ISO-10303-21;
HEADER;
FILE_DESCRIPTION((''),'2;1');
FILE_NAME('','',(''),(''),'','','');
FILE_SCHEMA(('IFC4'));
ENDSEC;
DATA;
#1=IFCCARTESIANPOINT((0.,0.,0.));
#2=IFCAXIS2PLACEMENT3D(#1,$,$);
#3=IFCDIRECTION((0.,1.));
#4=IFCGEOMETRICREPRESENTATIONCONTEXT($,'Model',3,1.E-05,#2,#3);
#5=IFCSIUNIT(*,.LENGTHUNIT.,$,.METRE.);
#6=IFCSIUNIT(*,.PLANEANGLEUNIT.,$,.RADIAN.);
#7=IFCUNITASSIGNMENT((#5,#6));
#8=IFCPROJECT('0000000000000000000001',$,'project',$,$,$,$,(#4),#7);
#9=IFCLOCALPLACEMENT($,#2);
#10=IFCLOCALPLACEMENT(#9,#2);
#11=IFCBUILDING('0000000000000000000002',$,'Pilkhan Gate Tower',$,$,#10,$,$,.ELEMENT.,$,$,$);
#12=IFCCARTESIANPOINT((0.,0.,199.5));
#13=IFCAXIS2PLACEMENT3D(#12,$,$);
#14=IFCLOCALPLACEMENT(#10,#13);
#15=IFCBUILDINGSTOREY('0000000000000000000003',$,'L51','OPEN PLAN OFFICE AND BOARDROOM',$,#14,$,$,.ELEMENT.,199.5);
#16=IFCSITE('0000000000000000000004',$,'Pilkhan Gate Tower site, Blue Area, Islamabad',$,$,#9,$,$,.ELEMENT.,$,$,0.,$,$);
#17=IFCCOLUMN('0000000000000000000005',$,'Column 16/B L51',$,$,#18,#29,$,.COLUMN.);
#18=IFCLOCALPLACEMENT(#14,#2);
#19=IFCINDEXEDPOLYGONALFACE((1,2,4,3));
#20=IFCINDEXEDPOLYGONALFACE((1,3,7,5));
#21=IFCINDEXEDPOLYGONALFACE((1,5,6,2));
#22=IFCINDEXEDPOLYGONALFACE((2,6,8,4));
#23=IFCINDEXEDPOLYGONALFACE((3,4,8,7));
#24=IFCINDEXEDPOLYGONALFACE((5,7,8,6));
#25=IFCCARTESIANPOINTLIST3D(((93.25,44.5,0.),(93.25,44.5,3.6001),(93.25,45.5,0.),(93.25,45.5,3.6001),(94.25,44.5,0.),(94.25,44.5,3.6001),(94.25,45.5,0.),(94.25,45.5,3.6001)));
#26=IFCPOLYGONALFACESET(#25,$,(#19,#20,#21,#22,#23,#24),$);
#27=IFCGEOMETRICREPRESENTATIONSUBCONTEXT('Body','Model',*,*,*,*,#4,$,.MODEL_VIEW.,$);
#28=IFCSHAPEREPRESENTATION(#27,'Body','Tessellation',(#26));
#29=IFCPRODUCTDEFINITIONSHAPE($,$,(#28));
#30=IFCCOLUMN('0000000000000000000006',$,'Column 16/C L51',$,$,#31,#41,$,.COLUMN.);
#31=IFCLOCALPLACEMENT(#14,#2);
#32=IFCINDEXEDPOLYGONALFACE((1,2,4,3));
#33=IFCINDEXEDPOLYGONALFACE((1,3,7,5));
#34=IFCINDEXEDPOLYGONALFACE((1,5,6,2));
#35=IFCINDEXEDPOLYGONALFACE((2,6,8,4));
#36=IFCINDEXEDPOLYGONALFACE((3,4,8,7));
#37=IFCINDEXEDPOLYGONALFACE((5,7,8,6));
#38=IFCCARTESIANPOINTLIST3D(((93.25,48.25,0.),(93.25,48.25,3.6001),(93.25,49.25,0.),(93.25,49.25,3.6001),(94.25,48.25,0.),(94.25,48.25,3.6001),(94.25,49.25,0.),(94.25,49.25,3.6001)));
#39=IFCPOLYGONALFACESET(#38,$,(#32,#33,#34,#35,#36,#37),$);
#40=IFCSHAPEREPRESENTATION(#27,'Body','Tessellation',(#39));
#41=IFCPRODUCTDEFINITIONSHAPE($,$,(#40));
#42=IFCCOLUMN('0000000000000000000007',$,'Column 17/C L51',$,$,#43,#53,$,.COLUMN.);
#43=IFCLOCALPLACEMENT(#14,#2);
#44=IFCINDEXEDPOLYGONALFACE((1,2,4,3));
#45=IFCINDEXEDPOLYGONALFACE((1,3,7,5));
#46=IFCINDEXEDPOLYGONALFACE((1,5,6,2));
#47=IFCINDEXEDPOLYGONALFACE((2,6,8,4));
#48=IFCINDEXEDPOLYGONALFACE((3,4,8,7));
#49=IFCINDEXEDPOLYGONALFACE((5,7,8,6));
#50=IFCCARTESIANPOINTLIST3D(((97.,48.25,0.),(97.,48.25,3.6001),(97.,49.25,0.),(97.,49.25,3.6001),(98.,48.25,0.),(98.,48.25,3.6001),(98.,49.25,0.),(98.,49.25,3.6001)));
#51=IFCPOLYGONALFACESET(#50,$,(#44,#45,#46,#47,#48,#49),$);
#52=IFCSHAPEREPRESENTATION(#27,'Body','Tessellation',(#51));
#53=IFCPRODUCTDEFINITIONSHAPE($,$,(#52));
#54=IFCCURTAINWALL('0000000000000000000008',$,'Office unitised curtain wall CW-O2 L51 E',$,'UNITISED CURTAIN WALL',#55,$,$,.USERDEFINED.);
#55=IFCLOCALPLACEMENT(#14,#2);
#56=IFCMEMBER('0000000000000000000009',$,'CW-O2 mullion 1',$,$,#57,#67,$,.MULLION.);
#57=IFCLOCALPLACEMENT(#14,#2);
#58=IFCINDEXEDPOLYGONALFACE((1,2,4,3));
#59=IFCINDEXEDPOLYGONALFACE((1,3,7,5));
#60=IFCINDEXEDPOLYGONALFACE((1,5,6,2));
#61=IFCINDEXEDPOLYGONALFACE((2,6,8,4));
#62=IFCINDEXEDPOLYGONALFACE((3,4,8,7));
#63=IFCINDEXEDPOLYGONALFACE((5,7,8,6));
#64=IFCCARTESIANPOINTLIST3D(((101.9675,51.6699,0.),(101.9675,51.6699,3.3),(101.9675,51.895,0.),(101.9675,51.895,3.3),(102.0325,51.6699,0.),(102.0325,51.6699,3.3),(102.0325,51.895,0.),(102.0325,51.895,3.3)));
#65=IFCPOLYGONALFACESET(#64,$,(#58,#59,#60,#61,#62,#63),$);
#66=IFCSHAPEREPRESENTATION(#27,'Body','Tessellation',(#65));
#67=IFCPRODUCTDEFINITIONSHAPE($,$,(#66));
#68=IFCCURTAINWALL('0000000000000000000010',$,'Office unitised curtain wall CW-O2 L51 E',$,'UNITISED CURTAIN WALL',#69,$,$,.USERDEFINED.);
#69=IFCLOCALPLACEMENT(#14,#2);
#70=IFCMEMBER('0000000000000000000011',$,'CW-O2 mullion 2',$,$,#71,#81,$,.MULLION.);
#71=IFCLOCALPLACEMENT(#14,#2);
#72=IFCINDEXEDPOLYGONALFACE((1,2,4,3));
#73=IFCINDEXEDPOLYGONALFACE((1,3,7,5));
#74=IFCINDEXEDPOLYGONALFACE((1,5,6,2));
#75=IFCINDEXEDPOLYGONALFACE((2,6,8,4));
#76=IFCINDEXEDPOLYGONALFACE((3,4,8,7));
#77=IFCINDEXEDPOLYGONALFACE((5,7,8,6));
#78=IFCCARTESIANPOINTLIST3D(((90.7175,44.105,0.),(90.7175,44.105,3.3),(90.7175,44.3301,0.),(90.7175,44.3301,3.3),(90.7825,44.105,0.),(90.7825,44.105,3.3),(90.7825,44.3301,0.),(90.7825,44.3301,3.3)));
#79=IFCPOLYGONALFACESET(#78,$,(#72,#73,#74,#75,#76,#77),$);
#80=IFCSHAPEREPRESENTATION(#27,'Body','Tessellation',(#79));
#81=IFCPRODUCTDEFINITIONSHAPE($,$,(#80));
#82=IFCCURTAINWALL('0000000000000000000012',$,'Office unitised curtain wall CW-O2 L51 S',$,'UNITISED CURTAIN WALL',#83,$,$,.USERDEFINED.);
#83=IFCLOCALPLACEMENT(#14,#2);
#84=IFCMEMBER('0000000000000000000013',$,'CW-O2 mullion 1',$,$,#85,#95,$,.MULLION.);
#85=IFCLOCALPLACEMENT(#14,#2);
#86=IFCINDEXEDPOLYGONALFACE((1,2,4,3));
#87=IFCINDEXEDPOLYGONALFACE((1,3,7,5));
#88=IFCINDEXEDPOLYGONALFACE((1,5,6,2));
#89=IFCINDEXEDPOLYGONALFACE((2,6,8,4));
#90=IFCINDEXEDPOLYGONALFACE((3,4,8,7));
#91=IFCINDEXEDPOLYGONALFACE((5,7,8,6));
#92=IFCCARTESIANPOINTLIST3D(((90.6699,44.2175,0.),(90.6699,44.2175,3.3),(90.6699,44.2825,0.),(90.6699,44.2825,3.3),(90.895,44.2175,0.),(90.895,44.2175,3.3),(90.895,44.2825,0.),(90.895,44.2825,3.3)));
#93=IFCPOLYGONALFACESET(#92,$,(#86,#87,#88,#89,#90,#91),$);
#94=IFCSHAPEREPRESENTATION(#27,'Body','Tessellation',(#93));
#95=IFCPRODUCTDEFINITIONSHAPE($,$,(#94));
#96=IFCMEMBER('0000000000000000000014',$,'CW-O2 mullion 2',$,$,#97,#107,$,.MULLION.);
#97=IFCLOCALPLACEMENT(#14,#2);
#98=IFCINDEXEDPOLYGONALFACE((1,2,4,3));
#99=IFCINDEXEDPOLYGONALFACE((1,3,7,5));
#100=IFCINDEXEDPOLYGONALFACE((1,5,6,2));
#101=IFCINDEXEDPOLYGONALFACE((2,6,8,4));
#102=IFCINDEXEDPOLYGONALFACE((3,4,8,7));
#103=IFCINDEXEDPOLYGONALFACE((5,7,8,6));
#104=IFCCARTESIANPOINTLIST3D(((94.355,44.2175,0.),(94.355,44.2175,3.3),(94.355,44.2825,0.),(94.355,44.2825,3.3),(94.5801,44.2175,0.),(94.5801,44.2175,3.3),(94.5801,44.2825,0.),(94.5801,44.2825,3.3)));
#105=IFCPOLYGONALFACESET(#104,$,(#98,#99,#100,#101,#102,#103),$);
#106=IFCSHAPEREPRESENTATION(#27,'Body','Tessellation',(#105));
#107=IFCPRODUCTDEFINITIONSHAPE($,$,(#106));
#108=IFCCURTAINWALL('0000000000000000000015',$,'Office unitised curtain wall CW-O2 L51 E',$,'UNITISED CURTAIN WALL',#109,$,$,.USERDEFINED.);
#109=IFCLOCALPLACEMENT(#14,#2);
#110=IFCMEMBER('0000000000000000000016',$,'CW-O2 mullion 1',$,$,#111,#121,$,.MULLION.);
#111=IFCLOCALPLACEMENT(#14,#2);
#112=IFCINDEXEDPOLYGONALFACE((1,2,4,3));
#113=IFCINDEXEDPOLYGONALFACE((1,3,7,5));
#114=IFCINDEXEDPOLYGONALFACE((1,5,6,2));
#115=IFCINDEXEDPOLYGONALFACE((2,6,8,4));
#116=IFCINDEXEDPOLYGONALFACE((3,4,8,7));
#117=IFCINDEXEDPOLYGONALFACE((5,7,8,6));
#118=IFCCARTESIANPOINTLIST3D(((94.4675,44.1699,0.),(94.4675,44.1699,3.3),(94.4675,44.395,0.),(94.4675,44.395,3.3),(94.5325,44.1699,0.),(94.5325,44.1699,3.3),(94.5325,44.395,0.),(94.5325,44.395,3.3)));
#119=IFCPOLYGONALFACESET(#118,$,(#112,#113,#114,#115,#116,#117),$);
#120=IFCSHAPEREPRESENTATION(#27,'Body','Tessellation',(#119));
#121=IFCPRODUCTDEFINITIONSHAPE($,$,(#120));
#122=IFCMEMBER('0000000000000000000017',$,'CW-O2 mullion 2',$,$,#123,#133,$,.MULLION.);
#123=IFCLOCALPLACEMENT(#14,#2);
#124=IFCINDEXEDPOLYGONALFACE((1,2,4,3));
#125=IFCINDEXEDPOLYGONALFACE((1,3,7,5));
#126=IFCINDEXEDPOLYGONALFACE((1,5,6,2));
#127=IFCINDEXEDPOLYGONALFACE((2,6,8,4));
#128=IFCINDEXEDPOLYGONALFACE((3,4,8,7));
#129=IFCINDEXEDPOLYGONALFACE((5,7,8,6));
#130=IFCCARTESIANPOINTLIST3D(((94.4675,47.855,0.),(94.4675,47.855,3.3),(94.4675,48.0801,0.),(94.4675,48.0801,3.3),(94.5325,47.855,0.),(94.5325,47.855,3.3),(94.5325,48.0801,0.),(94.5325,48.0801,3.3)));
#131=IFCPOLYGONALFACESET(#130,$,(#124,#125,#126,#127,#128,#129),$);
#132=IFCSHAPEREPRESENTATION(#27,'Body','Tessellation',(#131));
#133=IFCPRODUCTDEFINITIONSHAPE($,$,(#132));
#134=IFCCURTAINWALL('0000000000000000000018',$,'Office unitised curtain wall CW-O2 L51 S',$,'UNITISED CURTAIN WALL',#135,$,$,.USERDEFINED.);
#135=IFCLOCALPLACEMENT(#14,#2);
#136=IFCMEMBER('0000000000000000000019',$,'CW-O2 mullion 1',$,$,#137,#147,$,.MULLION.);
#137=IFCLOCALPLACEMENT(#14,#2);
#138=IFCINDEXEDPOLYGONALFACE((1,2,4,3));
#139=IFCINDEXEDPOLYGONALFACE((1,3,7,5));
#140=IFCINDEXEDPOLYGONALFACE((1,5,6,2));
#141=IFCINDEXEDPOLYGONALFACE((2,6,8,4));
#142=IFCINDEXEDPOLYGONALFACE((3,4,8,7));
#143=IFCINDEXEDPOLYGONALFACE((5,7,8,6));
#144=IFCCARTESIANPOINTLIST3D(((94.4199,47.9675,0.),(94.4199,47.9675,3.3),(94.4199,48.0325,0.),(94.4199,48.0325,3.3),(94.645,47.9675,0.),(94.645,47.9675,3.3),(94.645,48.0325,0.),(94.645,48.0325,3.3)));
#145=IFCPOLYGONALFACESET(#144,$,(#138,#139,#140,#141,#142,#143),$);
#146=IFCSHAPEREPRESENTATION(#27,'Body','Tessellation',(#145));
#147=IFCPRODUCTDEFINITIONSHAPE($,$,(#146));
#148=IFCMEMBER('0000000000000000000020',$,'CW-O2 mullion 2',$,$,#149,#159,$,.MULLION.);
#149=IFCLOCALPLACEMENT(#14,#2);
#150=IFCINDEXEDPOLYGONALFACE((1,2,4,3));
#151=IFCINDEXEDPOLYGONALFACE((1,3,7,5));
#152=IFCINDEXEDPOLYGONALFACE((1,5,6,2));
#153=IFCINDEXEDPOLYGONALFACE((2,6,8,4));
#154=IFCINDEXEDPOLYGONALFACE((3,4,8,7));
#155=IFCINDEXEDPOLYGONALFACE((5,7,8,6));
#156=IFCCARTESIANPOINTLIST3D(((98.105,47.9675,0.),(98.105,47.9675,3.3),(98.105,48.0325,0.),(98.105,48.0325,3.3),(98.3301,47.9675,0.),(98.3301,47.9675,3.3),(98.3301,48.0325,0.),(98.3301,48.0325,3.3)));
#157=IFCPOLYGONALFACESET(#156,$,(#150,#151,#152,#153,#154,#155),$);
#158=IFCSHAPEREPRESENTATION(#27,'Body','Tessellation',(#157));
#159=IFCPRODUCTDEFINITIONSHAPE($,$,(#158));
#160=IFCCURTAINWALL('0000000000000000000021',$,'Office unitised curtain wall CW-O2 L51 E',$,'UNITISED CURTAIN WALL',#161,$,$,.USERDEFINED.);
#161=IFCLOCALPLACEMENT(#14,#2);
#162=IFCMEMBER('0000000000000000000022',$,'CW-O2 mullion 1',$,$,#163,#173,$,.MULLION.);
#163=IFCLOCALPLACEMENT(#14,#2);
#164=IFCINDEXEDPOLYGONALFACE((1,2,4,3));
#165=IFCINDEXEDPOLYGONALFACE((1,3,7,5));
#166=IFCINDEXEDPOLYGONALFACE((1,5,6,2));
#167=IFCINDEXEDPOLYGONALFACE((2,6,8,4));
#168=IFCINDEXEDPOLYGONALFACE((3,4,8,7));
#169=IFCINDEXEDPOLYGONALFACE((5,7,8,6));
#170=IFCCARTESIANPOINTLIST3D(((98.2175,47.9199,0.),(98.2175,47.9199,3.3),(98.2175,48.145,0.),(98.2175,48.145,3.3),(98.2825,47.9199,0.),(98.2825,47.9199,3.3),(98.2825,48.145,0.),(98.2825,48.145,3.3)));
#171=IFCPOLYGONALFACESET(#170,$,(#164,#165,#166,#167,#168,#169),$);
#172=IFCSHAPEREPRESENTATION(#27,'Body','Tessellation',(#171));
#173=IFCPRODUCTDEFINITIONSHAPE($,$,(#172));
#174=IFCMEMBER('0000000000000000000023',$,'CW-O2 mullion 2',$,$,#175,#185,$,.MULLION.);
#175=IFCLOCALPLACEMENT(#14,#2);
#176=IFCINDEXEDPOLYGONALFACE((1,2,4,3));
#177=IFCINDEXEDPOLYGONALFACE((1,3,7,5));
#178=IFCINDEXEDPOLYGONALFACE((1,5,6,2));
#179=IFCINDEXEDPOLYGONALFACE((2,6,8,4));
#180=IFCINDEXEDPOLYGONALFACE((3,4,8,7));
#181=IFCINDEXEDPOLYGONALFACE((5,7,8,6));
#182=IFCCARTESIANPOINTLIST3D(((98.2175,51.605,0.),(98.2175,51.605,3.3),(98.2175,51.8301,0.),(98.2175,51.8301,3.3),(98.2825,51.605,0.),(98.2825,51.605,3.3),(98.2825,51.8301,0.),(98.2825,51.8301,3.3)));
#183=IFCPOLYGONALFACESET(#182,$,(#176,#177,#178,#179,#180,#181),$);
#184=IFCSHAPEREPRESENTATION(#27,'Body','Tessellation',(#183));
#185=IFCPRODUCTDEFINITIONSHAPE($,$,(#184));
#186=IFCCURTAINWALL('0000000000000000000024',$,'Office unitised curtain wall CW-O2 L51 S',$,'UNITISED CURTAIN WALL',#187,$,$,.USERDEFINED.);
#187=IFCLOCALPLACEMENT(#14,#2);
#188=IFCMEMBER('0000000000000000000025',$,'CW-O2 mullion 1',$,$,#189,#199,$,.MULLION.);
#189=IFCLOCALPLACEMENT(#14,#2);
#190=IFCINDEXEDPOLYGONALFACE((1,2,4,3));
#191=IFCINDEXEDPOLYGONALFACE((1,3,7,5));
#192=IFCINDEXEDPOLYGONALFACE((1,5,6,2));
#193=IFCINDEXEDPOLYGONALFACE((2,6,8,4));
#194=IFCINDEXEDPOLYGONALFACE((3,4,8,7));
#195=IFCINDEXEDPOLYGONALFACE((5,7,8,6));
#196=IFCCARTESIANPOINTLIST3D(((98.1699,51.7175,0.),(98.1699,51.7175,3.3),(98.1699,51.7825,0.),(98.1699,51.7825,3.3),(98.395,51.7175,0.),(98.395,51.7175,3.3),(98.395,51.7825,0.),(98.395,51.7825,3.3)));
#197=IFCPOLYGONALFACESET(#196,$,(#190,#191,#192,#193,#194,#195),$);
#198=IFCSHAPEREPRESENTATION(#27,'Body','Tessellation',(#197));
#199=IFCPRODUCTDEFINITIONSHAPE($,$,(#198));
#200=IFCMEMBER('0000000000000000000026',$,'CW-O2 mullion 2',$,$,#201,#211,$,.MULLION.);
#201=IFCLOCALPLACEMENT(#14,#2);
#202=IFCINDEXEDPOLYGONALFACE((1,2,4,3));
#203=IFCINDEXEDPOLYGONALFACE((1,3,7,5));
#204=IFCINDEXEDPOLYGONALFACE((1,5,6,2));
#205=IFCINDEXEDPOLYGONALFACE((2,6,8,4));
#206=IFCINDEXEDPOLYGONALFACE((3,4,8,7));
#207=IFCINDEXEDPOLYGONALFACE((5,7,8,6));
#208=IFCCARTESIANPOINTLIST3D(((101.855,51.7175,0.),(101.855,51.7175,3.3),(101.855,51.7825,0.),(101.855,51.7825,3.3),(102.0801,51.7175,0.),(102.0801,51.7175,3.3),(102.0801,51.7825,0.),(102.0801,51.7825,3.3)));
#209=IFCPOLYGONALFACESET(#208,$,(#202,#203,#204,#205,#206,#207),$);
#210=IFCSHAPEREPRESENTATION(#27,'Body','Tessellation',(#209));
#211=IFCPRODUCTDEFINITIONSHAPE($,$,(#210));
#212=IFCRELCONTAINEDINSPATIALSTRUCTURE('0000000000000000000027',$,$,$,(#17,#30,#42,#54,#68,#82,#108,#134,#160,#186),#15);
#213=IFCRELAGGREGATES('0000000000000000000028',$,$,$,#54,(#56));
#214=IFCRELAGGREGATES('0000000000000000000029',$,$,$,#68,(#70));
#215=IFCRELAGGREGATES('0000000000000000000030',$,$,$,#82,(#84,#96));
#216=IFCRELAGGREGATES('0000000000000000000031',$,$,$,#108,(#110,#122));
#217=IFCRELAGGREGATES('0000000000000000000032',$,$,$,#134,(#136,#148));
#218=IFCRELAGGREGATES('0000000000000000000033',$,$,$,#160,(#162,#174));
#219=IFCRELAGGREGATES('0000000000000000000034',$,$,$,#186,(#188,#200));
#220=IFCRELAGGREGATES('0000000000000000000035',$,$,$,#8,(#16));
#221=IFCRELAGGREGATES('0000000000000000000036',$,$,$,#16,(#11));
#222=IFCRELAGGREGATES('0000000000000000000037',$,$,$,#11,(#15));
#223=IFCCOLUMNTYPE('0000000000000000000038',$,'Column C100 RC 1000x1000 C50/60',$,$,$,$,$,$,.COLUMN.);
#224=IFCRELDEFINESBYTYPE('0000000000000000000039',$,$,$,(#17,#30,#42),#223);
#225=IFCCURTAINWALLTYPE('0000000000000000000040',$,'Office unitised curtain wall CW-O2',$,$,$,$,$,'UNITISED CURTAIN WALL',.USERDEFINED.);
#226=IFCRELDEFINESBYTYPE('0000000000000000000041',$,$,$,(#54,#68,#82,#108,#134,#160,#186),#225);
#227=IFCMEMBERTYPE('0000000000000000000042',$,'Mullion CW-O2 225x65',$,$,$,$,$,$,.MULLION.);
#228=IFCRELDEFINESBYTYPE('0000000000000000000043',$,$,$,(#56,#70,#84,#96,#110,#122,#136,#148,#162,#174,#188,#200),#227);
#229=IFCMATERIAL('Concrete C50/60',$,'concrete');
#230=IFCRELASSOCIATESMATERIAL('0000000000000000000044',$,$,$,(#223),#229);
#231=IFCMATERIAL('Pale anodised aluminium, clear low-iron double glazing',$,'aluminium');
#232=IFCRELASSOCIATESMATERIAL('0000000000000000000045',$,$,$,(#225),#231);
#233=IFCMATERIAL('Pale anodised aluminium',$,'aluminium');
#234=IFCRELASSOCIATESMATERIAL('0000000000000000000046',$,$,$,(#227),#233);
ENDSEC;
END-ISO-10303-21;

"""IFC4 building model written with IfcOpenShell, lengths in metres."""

from ifc_helpers import new_model, si_unit, direction, frame, origin, origin_2d, place, context, subcontext, project, spatial, rectangle, extrude, material, material_profile, profile_set, type_object, element, aggregate, save


model = new_model("IFC4")

# Units and contexts
model_context = context("Model", 3, precision=1e-05, world=origin(), true_north=direction((0.0, 1.0)))
body_context = subcontext(model_context, "Body", "Model", "MODEL_VIEW")
ifc_project = project(units=[si_unit("LENGTHUNIT", "METRE"), si_unit("PLANEANGLEUNIT", "RADIAN")], contexts=[model_context])

# Site, building, storey
site_placement = place(None, origin())
site = spatial("IfcSite", under=ifc_project, at=site_placement, Name="Pilkhan Gate Tower site, Blue Area, Islamabad", CompositionType="ELEMENT", RefElevation=0.0)
building_placement = place(site_placement, origin())
building = spatial("IfcBuilding", under=site, at=building_placement, Name="Pilkhan Gate Tower", CompositionType="ELEMENT")
storey_placement = place(building_placement, frame((0.0, 0.0, 199.5)))
storey = spatial("IfcBuildingStorey", under=building, at=storey_placement, Name="L51", Description="OPEN PLAN OFFICE AND BOARDROOM", CompositionType="ELEMENT", Elevation=199.5)

# Columns
ifc_material_1 = material(Name="Concrete C50/60", Category="concrete")
ifc_material_profile_1 = material_profile(ifc_material_1, rectangle(XDim=1.0, YDim=1.0, at=origin_2d()), Name="RC 1000x1000")
ifc_profile_set_1 = profile_set([ifc_material_profile_1], Name="Concrete C50/60")
column_type = type_object("IfcColumnType", Name="Column C100 RC 1000x1000 C50/60", PredefinedType="COLUMN", material=ifc_profile_set_1)
for number, where, z_axis, x_axis, name in (
    (1, (93.75, 45.0, 0.0), (0.0, 0.0, 1.0), (1.0, 0.0, 0.0), "Column 16/B L51"),
    (2, (93.75, 48.75, 0.0), (0.0, 0.0, 1.0), (1.0, 0.0, 0.0), "Column 16/C L51"),
    (3, (97.5, 48.75, 0.0), (0.0, 0.0, 1.0), (1.0, 0.0, 0.0), "Column 17/C L51"),
):
    element("IfcColumn", number, at=place(storey_placement, frame(where, z_axis=z_axis, x_axis=x_axis)), inside=storey, type_object=column_type, Name=name, PredefinedType="COLUMN", context=body_context, shape_type="SweptSolid", body=[
        extrude(rectangle(XDim=1.0, YDim=1.0, at=origin_2d()), origin(), (0.0, 0.0, 1.0), 3.6001),
    ])

# Curtain walls, members
ifc_material_2 = material(Name="Pale anodised aluminium, clear low-iron double glazing", Category="aluminium")
curtain_wall_type = type_object("IfcCurtainWallType", Name="Office unitised curtain wall CW-O2", ElementType="UNITISED CURTAIN WALL", PredefinedType="USERDEFINED", material=ifc_material_2)
curtain_wall_1_placement = place(storey_placement, origin())
curtain_wall_1 = element("IfcCurtainWall", 4, at=curtain_wall_1_placement, inside=storey, type_object=curtain_wall_type, Name="Office unitised curtain wall CW-O2 L51 E", ObjectType="UNITISED CURTAIN WALL", PredefinedType="USERDEFINED")
ifc_material_3 = material(Name="Pale anodised aluminium", Category="aluminium")
ifc_material_profile_2 = material_profile(ifc_material_3, rectangle(XDim=0.0649, YDim=0.2251, at=origin_2d()), Name="Mullion 225x65")
ifc_profile_set_2 = profile_set([ifc_material_profile_2], Name="Pale anodised aluminium")
member_type_1 = type_object("IfcMemberType", Name="Mullion CW-O2 225x65", PredefinedType="MULLION", material=ifc_profile_set_2)
member_1_placement = place(storey_placement, frame((102.0, 51.7825, 0.0), z_axis=(0.0, 0.0, 1.0), x_axis=(-1.0, 0.0, 0.0)))
member_1 = element("IfcMember", 5, at=member_1_placement, type_object=member_type_1, Name="CW-O2 mullion 1", PredefinedType="MULLION", context=body_context, shape_type="SweptSolid", body=[
    extrude(rectangle(XDim=0.0649, YDim=0.2251, at=origin_2d()), origin(), (0.0, 0.0, 1.0), 3.3),
])
curtain_wall_2_placement = place(storey_placement, origin())
curtain_wall_2 = element("IfcCurtainWall", 6, at=curtain_wall_2_placement, inside=storey, type_object=curtain_wall_type, Name="Office unitised curtain wall CW-O2 L51 E", ObjectType="UNITISED CURTAIN WALL", PredefinedType="USERDEFINED")
member_2_placement = place(storey_placement, frame((90.75, 44.2175, 0.0), z_axis=(0.0, 0.0, 1.0), x_axis=(-1.0, 0.0, 0.0)))
member_2 = element("IfcMember", 7, at=member_2_placement, type_object=member_type_1, Name="CW-O2 mullion 2", PredefinedType="MULLION", context=body_context, shape_type="SweptSolid", body=[
    extrude(rectangle(XDim=0.0649, YDim=0.2251, at=origin_2d()), origin(), (0.0, 0.0, 1.0), 3.3),
])

# Curtain walls, members
curtain_wall_3_placement = place(storey_placement, origin())
curtain_wall_3 = element("IfcCurtainWall", 8, at=curtain_wall_3_placement, inside=storey, type_object=curtain_wall_type, Name="Office unitised curtain wall CW-O2 L51 S", ObjectType="UNITISED CURTAIN WALL", PredefinedType="USERDEFINED")
member_3_placement = place(storey_placement, frame((90.7825, 44.25, 0.0), z_axis=(0.0, 0.0, 1.0), x_axis=(0.0, 1.0, 0.0)))
member_3 = element("IfcMember", 9, at=member_3_placement, type_object=member_type_1, Name="CW-O2 mullion 1", PredefinedType="MULLION", context=body_context, shape_type="SweptSolid", body=[
    extrude(rectangle(XDim=0.0649, YDim=0.2251, at=origin_2d()), origin(), (0.0, 0.0, 1.0), 3.3),
])
member_4_placement = place(storey_placement, frame((94.4675, 44.25, 0.0), z_axis=(0.0, 0.0, 1.0), x_axis=(0.0, 1.0, 0.0)))
member_4 = element("IfcMember", 10, at=member_4_placement, type_object=member_type_1, Name="CW-O2 mullion 2", PredefinedType="MULLION", context=body_context, shape_type="SweptSolid", body=[
    extrude(rectangle(XDim=0.0649, YDim=0.2251, at=origin_2d()), origin(), (0.0, 0.0, 1.0), 3.3),
])
curtain_wall_4_placement = place(storey_placement, origin())
curtain_wall_4 = element("IfcCurtainWall", 11, at=curtain_wall_4_placement, inside=storey, type_object=curtain_wall_type, Name="Office unitised curtain wall CW-O2 L51 E", ObjectType="UNITISED CURTAIN WALL", PredefinedType="USERDEFINED")
member_5_placement = place(storey_placement, frame((94.5, 44.2825, 0.0), z_axis=(0.0, 0.0, 1.0), x_axis=(-1.0, 0.0, 0.0)))
member_5 = element("IfcMember", 12, at=member_5_placement, type_object=member_type_1, Name="CW-O2 mullion 1", PredefinedType="MULLION", context=body_context, shape_type="SweptSolid", body=[
    extrude(rectangle(XDim=0.0649, YDim=0.2251, at=origin_2d()), origin(), (0.0, 0.0, 1.0), 3.3),
])
member_6_placement = place(storey_placement, frame((94.5, 47.9675, 0.0), z_axis=(0.0, 0.0, 1.0), x_axis=(-1.0, 0.0, 0.0)))
member_6 = element("IfcMember", 13, at=member_6_placement, type_object=member_type_1, Name="CW-O2 mullion 2", PredefinedType="MULLION", context=body_context, shape_type="SweptSolid", body=[
    extrude(rectangle(XDim=0.0649, YDim=0.2251, at=origin_2d()), origin(), (0.0, 0.0, 1.0), 3.3),
])
curtain_wall_5_placement = place(storey_placement, origin())
curtain_wall_5 = element("IfcCurtainWall", 14, at=curtain_wall_5_placement, inside=storey, type_object=curtain_wall_type, Name="Office unitised curtain wall CW-O2 L51 S", ObjectType="UNITISED CURTAIN WALL", PredefinedType="USERDEFINED")
member_7_placement = place(storey_placement, frame((94.5325, 48.0, 0.0), z_axis=(0.0, 0.0, 1.0), x_axis=(0.0, 1.0, 0.0)))
member_7 = element("IfcMember", 15, at=member_7_placement, type_object=member_type_1, Name="CW-O2 mullion 1", PredefinedType="MULLION", context=body_context, shape_type="SweptSolid", body=[
    extrude(rectangle(XDim=0.0649, YDim=0.2251, at=origin_2d()), origin(), (0.0, 0.0, 1.0), 3.3),
])
member_8_placement = place(storey_placement, frame((98.2175, 48.0, 0.0), z_axis=(0.0, 0.0, 1.0), x_axis=(0.0, 1.0, 0.0)))
member_8 = element("IfcMember", 16, at=member_8_placement, type_object=member_type_1, Name="CW-O2 mullion 2", PredefinedType="MULLION", context=body_context, shape_type="SweptSolid", body=[
    extrude(rectangle(XDim=0.0649, YDim=0.2251, at=origin_2d()), origin(), (0.0, 0.0, 1.0), 3.3),
])
curtain_wall_6_placement = place(storey_placement, origin())
curtain_wall_6 = element("IfcCurtainWall", 17, at=curtain_wall_6_placement, inside=storey, type_object=curtain_wall_type, Name="Office unitised curtain wall CW-O2 L51 E", ObjectType="UNITISED CURTAIN WALL", PredefinedType="USERDEFINED")
member_9_placement = place(storey_placement, frame((98.25, 48.0325, 0.0), z_axis=(0.0, 0.0, 1.0), x_axis=(-1.0, 0.0, 0.0)))
member_9 = element("IfcMember", 18, at=member_9_placement, type_object=member_type_1, Name="CW-O2 mullion 1", PredefinedType="MULLION", context=body_context, shape_type="SweptSolid", body=[
    extrude(rectangle(XDim=0.0649, YDim=0.2251, at=origin_2d()), origin(), (0.0, 0.0, 1.0), 3.3),
])
member_10_placement = place(storey_placement, frame((98.25, 51.7175, 0.0), z_axis=(0.0, 0.0, 1.0), x_axis=(-1.0, 0.0, 0.0)))
member_10 = element("IfcMember", 19, at=member_10_placement, type_object=member_type_1, Name="CW-O2 mullion 2", PredefinedType="MULLION", context=body_context, shape_type="SweptSolid", body=[
    extrude(rectangle(XDim=0.0649, YDim=0.2251, at=origin_2d()), origin(), (0.0, 0.0, 1.0), 3.3),
])
curtain_wall_7_placement = place(storey_placement, origin())
curtain_wall_7 = element("IfcCurtainWall", 20, at=curtain_wall_7_placement, inside=storey, type_object=curtain_wall_type, Name="Office unitised curtain wall CW-O2 L51 S", ObjectType="UNITISED CURTAIN WALL", PredefinedType="USERDEFINED")
member_11_placement = place(storey_placement, frame((98.2825, 51.75, 0.0), z_axis=(0.0, 0.0, 1.0), x_axis=(0.0, 1.0, 0.0)))
member_11 = element("IfcMember", 21, at=member_11_placement, type_object=member_type_1, Name="CW-O2 mullion 1", PredefinedType="MULLION", context=body_context, shape_type="SweptSolid", body=[
    extrude(rectangle(XDim=0.0649, YDim=0.2251, at=origin_2d()), origin(), (0.0, 0.0, 1.0), 3.3),
])
member_12_placement = place(storey_placement, frame((101.9675, 51.75, 0.0), z_axis=(0.0, 0.0, 1.0), x_axis=(0.0, 1.0, 0.0)))
member_12 = element("IfcMember", 22, at=member_12_placement, type_object=member_type_1, Name="CW-O2 mullion 2", PredefinedType="MULLION", context=body_context, shape_type="SweptSolid", body=[
    extrude(rectangle(XDim=0.0649, YDim=0.2251, at=origin_2d()), origin(), (0.0, 0.0, 1.0), 3.3),
])

aggregate(curtain_wall_1, [member_1])

aggregate(curtain_wall_2, [member_2])
aggregate(curtain_wall_3, [member_3, member_4])
aggregate(curtain_wall_4, [member_5, member_6])
aggregate(curtain_wall_5, [member_7, member_8])
aggregate(curtain_wall_6, [member_9, member_10])
aggregate(curtain_wall_7, [member_11, member_12])

save(model, "model.ifc")
